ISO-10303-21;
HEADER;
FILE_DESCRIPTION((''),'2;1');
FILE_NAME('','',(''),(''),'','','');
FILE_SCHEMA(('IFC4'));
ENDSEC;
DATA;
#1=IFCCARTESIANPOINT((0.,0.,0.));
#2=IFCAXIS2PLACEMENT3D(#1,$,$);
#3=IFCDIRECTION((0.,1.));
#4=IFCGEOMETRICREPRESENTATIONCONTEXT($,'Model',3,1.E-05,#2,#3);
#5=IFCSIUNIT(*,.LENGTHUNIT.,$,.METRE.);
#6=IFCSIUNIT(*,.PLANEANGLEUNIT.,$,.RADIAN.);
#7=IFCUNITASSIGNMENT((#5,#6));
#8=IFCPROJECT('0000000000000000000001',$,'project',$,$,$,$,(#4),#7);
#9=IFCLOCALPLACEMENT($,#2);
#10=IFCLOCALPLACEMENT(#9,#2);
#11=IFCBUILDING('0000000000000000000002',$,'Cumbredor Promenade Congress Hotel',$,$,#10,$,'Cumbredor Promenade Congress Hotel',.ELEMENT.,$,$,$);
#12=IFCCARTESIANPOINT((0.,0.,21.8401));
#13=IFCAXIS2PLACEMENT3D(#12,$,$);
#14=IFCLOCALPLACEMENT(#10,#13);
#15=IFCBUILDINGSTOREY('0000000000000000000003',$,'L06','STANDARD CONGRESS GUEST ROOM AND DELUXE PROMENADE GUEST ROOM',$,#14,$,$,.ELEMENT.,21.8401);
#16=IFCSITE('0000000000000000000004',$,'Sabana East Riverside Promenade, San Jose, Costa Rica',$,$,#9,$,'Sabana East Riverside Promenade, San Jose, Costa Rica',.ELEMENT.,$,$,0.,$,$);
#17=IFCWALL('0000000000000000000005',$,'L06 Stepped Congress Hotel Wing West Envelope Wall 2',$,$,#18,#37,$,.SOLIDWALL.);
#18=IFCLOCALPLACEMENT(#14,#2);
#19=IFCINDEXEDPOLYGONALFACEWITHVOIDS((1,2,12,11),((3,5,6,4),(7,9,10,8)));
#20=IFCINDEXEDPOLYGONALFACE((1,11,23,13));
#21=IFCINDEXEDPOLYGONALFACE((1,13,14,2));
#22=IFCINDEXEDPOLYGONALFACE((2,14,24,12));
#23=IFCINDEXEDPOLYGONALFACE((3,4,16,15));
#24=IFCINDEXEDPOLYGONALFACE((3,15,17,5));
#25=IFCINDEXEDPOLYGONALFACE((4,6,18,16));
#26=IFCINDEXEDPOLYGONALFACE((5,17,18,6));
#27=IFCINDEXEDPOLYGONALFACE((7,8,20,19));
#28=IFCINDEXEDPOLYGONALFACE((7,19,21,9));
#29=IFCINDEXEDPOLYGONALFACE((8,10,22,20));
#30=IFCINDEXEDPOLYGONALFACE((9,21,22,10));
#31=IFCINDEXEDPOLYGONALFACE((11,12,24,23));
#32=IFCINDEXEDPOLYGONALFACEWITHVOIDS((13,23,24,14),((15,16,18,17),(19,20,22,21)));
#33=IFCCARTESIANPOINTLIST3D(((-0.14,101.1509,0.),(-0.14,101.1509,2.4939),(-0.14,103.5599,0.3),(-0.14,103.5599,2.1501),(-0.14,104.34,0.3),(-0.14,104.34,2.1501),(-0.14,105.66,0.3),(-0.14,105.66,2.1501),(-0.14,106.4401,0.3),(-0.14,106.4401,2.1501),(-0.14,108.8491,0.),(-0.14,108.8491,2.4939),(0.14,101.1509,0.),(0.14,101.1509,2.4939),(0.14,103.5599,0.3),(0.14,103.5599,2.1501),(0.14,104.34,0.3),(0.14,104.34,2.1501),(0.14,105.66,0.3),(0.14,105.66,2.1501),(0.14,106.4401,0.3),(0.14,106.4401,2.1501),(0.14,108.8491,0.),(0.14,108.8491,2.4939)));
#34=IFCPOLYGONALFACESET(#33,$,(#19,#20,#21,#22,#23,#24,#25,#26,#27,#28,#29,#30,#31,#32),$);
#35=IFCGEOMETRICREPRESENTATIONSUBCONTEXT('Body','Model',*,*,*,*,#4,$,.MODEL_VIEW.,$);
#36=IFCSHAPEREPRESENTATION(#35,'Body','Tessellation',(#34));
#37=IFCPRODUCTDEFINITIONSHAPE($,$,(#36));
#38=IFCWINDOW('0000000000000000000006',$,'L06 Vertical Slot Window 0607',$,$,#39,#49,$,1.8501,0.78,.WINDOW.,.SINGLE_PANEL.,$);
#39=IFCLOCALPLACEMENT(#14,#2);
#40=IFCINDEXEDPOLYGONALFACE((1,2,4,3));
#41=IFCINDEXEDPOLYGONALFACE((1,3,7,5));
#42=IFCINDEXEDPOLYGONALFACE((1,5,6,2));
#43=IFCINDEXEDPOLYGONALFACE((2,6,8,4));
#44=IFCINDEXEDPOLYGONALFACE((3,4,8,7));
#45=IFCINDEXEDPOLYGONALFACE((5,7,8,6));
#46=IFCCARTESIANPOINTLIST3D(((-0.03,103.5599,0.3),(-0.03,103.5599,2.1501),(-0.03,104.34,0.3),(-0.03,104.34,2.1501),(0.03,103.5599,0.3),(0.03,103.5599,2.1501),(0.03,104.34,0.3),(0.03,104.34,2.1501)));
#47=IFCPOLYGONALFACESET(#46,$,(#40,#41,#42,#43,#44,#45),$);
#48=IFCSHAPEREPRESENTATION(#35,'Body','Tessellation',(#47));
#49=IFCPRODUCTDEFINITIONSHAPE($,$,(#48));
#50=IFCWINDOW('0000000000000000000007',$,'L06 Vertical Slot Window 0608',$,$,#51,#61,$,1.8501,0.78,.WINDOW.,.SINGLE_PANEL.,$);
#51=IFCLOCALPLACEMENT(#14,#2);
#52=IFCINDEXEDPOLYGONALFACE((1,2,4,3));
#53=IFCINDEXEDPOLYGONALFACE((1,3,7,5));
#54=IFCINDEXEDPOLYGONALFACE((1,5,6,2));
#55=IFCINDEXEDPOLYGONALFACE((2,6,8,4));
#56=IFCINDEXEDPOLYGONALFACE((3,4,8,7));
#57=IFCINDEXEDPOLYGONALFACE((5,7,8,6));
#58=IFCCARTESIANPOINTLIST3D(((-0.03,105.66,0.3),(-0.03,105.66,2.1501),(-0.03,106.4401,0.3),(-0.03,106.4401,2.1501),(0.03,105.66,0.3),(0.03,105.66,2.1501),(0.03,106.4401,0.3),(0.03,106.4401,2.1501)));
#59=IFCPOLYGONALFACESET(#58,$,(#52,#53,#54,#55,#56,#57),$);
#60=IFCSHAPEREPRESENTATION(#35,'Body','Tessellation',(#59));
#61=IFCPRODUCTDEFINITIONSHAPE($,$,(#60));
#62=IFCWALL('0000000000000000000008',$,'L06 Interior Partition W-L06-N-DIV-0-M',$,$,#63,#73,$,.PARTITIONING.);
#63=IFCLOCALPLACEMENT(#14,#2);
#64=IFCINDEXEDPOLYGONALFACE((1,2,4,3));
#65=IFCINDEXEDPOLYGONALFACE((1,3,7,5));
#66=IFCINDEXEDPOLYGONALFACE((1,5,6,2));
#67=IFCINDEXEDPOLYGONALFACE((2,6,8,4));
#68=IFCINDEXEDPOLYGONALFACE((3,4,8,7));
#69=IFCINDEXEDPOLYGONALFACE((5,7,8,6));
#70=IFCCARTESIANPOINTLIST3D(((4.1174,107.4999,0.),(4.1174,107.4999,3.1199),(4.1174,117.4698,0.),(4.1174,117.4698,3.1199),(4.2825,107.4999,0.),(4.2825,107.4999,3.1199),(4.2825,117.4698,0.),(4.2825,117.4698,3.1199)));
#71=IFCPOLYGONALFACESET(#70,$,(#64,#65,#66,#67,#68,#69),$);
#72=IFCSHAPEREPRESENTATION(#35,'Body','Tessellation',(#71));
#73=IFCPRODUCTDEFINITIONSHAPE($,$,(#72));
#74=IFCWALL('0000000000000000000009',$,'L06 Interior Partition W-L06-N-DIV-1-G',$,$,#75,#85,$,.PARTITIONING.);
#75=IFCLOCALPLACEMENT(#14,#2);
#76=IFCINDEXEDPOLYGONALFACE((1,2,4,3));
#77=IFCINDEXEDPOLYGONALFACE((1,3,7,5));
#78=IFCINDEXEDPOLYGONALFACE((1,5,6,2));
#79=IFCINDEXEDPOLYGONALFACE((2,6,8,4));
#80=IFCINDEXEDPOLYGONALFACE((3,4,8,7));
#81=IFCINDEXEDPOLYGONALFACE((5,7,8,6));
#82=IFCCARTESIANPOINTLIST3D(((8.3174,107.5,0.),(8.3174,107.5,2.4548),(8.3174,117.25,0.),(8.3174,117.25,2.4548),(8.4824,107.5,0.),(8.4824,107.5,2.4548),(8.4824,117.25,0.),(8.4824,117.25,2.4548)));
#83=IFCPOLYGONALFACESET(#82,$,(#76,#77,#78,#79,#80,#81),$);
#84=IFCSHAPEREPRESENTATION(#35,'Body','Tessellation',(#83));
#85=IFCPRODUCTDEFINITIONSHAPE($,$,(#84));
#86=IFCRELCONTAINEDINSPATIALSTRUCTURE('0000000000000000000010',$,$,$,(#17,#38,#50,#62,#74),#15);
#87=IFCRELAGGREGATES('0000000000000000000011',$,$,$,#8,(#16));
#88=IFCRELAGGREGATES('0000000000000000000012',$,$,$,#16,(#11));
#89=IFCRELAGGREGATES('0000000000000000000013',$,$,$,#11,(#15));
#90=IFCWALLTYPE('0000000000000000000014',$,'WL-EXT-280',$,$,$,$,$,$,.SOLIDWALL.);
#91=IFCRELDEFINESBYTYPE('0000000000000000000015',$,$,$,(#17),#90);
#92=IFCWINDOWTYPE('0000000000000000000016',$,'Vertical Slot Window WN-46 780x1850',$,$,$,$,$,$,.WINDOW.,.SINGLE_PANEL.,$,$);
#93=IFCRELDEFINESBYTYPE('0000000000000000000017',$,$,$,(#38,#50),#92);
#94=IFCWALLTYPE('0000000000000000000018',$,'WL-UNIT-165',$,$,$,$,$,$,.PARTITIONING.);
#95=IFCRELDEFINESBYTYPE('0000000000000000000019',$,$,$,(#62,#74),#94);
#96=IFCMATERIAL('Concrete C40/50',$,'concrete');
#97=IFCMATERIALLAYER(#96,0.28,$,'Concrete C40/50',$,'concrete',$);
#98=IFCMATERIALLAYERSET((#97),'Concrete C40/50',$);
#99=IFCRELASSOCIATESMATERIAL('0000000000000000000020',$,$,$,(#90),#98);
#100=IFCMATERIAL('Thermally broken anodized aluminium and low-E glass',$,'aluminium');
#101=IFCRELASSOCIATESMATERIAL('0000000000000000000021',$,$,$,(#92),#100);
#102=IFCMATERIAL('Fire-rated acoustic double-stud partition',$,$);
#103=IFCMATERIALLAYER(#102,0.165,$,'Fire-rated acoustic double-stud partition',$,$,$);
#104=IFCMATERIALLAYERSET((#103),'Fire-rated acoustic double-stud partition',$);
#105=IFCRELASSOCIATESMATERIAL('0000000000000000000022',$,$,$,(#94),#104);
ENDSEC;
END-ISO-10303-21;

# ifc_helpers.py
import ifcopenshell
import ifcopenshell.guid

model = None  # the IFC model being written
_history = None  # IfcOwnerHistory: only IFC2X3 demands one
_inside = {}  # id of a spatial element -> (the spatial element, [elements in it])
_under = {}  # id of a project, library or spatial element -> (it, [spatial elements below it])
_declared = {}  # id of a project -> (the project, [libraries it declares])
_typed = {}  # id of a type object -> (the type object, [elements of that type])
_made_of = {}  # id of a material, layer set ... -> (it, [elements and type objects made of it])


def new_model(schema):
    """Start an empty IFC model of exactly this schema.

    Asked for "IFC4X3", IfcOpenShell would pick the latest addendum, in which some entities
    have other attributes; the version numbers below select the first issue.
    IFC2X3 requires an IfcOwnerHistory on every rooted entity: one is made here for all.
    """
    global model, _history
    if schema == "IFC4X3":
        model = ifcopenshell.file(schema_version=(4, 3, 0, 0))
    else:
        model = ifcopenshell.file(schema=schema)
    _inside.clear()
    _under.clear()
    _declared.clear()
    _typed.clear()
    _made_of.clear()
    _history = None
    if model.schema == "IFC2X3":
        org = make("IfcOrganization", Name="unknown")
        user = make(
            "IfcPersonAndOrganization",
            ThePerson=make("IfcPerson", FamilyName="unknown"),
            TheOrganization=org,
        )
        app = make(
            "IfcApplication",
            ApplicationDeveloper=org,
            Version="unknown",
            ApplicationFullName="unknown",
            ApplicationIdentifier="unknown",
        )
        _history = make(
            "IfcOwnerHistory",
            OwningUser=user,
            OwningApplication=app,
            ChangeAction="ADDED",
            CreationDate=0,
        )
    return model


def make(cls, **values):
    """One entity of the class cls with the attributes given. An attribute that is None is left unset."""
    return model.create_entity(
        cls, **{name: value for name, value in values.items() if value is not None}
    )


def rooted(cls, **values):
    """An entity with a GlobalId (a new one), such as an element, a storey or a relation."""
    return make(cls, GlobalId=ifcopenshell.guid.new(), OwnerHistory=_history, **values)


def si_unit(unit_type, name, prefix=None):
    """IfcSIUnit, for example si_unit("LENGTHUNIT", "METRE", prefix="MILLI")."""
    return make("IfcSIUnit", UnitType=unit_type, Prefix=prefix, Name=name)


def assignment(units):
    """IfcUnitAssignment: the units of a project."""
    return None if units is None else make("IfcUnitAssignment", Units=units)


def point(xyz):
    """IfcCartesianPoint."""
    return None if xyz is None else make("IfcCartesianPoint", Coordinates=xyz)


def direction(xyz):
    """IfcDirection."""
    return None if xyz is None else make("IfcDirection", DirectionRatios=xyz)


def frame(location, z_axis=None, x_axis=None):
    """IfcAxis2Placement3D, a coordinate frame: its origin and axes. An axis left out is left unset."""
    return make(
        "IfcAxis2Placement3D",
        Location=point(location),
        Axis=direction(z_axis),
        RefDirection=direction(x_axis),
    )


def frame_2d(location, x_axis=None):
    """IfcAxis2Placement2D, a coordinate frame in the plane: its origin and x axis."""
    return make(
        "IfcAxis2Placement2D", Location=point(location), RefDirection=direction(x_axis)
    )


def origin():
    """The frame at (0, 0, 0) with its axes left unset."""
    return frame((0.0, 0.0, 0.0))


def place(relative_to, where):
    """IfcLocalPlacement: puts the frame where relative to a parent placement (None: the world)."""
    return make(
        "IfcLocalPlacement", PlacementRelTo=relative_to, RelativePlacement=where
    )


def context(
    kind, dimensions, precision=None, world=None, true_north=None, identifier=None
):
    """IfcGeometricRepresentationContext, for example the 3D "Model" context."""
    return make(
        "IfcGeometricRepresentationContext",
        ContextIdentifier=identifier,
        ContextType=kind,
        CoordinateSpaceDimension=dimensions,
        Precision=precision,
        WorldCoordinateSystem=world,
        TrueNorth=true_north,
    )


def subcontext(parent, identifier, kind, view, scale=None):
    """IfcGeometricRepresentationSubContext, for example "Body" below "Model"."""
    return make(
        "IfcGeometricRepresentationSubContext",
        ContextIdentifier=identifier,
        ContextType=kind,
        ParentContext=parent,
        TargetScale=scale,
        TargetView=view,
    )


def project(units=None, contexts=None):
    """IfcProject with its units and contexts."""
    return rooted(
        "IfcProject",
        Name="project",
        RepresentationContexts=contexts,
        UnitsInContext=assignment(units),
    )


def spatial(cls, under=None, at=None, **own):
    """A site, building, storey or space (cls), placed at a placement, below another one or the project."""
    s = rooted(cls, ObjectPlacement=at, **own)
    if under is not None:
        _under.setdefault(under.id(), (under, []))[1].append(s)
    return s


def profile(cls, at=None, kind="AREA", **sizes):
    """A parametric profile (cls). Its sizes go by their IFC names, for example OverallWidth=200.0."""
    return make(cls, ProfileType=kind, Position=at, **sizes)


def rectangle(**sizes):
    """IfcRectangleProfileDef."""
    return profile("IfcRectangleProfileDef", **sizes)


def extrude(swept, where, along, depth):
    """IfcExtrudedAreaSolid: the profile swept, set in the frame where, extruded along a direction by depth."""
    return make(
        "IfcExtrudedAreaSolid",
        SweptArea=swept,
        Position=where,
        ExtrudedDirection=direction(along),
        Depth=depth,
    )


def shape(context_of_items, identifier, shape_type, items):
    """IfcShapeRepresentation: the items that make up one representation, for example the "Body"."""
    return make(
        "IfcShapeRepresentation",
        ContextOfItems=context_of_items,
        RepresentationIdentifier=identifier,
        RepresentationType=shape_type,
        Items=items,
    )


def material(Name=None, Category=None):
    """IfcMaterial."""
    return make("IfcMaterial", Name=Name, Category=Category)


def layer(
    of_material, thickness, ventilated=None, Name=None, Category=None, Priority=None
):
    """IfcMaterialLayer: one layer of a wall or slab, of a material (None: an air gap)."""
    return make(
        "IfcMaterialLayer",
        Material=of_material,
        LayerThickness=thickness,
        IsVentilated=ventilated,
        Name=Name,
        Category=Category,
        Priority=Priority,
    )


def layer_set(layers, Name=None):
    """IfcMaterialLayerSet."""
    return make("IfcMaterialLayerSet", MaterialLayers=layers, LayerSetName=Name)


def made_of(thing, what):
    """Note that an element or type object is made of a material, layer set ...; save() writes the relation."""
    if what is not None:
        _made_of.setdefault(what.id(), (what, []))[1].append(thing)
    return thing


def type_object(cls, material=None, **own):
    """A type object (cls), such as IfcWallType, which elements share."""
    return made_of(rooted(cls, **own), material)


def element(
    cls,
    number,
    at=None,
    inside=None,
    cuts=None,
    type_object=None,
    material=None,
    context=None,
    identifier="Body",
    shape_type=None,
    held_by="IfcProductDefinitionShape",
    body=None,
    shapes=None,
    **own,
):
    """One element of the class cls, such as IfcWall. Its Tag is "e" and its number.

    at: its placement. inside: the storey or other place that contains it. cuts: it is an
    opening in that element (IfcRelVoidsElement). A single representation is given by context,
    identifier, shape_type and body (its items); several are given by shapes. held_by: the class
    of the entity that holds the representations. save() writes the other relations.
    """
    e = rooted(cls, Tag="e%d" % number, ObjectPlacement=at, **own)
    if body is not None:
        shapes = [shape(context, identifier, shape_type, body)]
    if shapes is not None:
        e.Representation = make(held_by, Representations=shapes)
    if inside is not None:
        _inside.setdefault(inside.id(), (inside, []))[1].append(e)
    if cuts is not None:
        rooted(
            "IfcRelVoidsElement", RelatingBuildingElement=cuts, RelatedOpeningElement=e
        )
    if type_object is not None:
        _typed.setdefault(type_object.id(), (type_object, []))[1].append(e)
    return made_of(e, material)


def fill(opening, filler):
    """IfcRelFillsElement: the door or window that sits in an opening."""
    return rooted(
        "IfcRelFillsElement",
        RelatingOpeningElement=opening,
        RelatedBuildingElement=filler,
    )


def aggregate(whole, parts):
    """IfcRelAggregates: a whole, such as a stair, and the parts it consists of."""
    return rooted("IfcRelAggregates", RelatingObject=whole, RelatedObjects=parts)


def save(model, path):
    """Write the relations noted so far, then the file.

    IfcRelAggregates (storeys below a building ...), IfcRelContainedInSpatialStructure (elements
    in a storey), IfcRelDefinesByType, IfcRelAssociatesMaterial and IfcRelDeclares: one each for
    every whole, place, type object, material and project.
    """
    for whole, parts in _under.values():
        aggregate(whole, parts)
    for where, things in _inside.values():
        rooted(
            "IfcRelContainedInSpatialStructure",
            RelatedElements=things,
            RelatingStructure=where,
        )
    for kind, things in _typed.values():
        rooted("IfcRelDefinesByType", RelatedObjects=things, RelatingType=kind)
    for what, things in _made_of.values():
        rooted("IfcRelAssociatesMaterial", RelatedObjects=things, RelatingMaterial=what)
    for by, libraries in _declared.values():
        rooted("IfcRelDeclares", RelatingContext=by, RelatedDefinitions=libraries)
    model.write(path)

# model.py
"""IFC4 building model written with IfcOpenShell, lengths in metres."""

from ifc_helpers import new_model, si_unit, direction, frame, frame_2d, origin, place, context, subcontext, project, spatial, rectangle, extrude, material, layer, layer_set, type_object, element, fill, save


model = new_model("IFC4")

# Units and contexts
model_context = context("Model", 3, precision=1e-05, world=origin(), true_north=direction((0.0, 1.0)))
body_context = subcontext(model_context, "Body", "Model", "MODEL_VIEW")
ifc_project = project(units=[si_unit("LENGTHUNIT", "METRE"), si_unit("PLANEANGLEUNIT", "RADIAN")], contexts=[model_context])

# Site, building, storey
site_placement = place(None, origin())
site = spatial("IfcSite", under=ifc_project, at=site_placement, Name="Sabana East Riverside Promenade, San Jose, Costa Rica", LongName="Sabana East Riverside Promenade, San Jose, Costa Rica", CompositionType="ELEMENT", RefElevation=0.0)
building_placement = place(site_placement, origin())
building = spatial("IfcBuilding", under=site, at=building_placement, Name="Cumbredor Promenade Congress Hotel", LongName="Cumbredor Promenade Congress Hotel", CompositionType="ELEMENT")
storey_placement = place(building_placement, frame((0.0, 0.0, 21.8401)))
storey = spatial("IfcBuildingStorey", under=building, at=storey_placement, Name="L06", Description="STANDARD CONGRESS GUEST ROOM AND DELUXE PROMENADE GUEST ROOM", CompositionType="ELEMENT", Elevation=21.8401)

# Shared definitions
ifc_material_1 = material(Name="Concrete C40/50", Category="concrete")

# Shared definitions
ifc_material_2 = material(Name="Thermally broken anodized aluminium and low-E glass", Category="aluminium")

# Wall, openings, windows
ifc_layer_1 = layer(ifc_material_1, 0.28, Name="Concrete C40/50", Category="concrete")
ifc_layer_set_1 = layer_set([ifc_layer_1], Name="Concrete C40/50")
wall_type_1 = type_object("IfcWallType", Name="WL-EXT-280", PredefinedType="SOLIDWALL", material=ifc_layer_set_1)
wall_1_placement = place(storey_placement, frame((0.0, 101.1509, 0.0), z_axis=(0.0, 0.0, 1.0), x_axis=(0.0, 1.0, 0.0)))
wall_1 = element("IfcWall", 1, at=wall_1_placement, inside=storey, type_object=wall_type_1, Name="L06 Stepped Congress Hotel Wing West Envelope Wall 2", PredefinedType="SOLIDWALL", context=body_context, shape_type="SweptSolid", body=[
    extrude(rectangle(XDim=7.6982, YDim=0.28, at=frame_2d((3.8491, 0.0))), origin(), (0.0, 0.0, 1.0), 2.4939),
])
opening_1_placement = place(wall_1_placement, frame((2.4089, 0.0, 0.3)))
opening_1 = element("IfcOpeningElement", 2, at=opening_1_placement, cuts=wall_1, PredefinedType="OPENING", context=body_context, shape_type="SweptSolid", body=[
    extrude(rectangle(XDim=0.78, YDim=1.8501, at=frame_2d((0.3901, 0.925))), frame((0.0, 0.1499, 0.0), z_axis=(0.0, -1.0, 0.0), x_axis=(1.0, 0.0, 0.0)), (0.0, 0.0, 1.0), 0.3),
])
opening_2_placement = place(wall_1_placement, frame((4.509, 0.0, 0.3)))
opening_2 = element("IfcOpeningElement", 3, at=opening_2_placement, cuts=wall_1, PredefinedType="OPENING", context=body_context, shape_type="SweptSolid", body=[
    extrude(rectangle(XDim=0.78, YDim=1.8501, at=frame_2d((0.3901, 0.925))), frame((0.0, 0.1499, 0.0), z_axis=(0.0, -1.0, 0.0), x_axis=(1.0, 0.0, 0.0)), (0.0, 0.0, 1.0), 0.3),
])
window_type = type_object("IfcWindowType", Name="Vertical Slot Window WN-46 780x1850", PartitioningType="SINGLE_PANEL", PredefinedType="WINDOW", material=ifc_material_2)
window_1_placement = place(opening_1_placement, origin())
window_1 = element("IfcWindow", 4, at=window_1_placement, inside=storey, type_object=window_type, Name="L06 Vertical Slot Window 0607", OverallHeight=1.8501, OverallWidth=0.78, PartitioningType="SINGLE_PANEL", PredefinedType="WINDOW", context=body_context, shape_type="SweptSolid", body=[
    extrude(rectangle(XDim=0.78, YDim=1.8501, at=frame_2d((0.3901, 0.925))), frame((0.0, 0.03, 0.0), z_axis=(0.0, -1.0, 0.0), x_axis=(1.0, 0.0, 0.0)), (0.0, 0.0, 1.0), 0.0601),
])
fill(opening_1, window_1)
window_2_placement = place(opening_2_placement, origin())
window_2 = element("IfcWindow", 5, at=window_2_placement, inside=storey, type_object=window_type, Name="L06 Vertical Slot Window 0608", OverallHeight=1.8501, OverallWidth=0.78, PartitioningType="SINGLE_PANEL", PredefinedType="WINDOW", context=body_context, shape_type="SweptSolid", body=[
    extrude(rectangle(XDim=0.78, YDim=1.8501, at=frame_2d((0.3901, 0.925))), frame((0.0, 0.03, 0.0), z_axis=(0.0, -1.0, 0.0), x_axis=(1.0, 0.0, 0.0)), (0.0, 0.0, 1.0), 0.0601),
])
fill(opening_2, window_2)

# Walls
ifc_material_3 = material(Name="Fire-rated acoustic double-stud partition")
ifc_layer_2 = layer(ifc_material_3, 0.165, Name="Fire-rated acoustic double-stud partition")
ifc_layer_set_2 = layer_set([ifc_layer_2], Name="Fire-rated acoustic double-stud partition")
wall_type_2 = type_object("IfcWallType", Name="WL-UNIT-165", PredefinedType="PARTITIONING", material=ifc_layer_set_2)
wall_2_placement = place(storey_placement, frame((4.2, 107.5, 0.0), z_axis=(0.0, 0.0, 1.0), x_axis=(0.0, 1.0, 0.0)))
element("IfcWall", 6, at=wall_2_placement, inside=storey, type_object=wall_type_2, Name="L06 Interior Partition W-L06-N-DIV-0-M", PredefinedType="PARTITIONING", context=body_context, shape_type="SweptSolid", body=[
    extrude(rectangle(XDim=9.97, YDim=0.165, at=frame_2d((4.9849, 0.0))), origin(), (0.0, 0.0, 1.0), 3.1199),
])
wall_3_placement = place(storey_placement, frame((8.3999, 107.5, 0.0), z_axis=(0.0, 0.0, 1.0), x_axis=(0.0, 1.0, 0.0)))
element("IfcWall", 7, at=wall_3_placement, inside=storey, type_object=wall_type_2, Name="L06 Interior Partition W-L06-N-DIV-1-G", PredefinedType="PARTITIONING", context=body_context, shape_type="SweptSolid", body=[
    extrude(rectangle(XDim=9.75, YDim=0.165, at=frame_2d((4.875, 0.0))), origin(), (0.0, 0.0, 1.0), 2.4548),
])

save(model, "model.ifc")
